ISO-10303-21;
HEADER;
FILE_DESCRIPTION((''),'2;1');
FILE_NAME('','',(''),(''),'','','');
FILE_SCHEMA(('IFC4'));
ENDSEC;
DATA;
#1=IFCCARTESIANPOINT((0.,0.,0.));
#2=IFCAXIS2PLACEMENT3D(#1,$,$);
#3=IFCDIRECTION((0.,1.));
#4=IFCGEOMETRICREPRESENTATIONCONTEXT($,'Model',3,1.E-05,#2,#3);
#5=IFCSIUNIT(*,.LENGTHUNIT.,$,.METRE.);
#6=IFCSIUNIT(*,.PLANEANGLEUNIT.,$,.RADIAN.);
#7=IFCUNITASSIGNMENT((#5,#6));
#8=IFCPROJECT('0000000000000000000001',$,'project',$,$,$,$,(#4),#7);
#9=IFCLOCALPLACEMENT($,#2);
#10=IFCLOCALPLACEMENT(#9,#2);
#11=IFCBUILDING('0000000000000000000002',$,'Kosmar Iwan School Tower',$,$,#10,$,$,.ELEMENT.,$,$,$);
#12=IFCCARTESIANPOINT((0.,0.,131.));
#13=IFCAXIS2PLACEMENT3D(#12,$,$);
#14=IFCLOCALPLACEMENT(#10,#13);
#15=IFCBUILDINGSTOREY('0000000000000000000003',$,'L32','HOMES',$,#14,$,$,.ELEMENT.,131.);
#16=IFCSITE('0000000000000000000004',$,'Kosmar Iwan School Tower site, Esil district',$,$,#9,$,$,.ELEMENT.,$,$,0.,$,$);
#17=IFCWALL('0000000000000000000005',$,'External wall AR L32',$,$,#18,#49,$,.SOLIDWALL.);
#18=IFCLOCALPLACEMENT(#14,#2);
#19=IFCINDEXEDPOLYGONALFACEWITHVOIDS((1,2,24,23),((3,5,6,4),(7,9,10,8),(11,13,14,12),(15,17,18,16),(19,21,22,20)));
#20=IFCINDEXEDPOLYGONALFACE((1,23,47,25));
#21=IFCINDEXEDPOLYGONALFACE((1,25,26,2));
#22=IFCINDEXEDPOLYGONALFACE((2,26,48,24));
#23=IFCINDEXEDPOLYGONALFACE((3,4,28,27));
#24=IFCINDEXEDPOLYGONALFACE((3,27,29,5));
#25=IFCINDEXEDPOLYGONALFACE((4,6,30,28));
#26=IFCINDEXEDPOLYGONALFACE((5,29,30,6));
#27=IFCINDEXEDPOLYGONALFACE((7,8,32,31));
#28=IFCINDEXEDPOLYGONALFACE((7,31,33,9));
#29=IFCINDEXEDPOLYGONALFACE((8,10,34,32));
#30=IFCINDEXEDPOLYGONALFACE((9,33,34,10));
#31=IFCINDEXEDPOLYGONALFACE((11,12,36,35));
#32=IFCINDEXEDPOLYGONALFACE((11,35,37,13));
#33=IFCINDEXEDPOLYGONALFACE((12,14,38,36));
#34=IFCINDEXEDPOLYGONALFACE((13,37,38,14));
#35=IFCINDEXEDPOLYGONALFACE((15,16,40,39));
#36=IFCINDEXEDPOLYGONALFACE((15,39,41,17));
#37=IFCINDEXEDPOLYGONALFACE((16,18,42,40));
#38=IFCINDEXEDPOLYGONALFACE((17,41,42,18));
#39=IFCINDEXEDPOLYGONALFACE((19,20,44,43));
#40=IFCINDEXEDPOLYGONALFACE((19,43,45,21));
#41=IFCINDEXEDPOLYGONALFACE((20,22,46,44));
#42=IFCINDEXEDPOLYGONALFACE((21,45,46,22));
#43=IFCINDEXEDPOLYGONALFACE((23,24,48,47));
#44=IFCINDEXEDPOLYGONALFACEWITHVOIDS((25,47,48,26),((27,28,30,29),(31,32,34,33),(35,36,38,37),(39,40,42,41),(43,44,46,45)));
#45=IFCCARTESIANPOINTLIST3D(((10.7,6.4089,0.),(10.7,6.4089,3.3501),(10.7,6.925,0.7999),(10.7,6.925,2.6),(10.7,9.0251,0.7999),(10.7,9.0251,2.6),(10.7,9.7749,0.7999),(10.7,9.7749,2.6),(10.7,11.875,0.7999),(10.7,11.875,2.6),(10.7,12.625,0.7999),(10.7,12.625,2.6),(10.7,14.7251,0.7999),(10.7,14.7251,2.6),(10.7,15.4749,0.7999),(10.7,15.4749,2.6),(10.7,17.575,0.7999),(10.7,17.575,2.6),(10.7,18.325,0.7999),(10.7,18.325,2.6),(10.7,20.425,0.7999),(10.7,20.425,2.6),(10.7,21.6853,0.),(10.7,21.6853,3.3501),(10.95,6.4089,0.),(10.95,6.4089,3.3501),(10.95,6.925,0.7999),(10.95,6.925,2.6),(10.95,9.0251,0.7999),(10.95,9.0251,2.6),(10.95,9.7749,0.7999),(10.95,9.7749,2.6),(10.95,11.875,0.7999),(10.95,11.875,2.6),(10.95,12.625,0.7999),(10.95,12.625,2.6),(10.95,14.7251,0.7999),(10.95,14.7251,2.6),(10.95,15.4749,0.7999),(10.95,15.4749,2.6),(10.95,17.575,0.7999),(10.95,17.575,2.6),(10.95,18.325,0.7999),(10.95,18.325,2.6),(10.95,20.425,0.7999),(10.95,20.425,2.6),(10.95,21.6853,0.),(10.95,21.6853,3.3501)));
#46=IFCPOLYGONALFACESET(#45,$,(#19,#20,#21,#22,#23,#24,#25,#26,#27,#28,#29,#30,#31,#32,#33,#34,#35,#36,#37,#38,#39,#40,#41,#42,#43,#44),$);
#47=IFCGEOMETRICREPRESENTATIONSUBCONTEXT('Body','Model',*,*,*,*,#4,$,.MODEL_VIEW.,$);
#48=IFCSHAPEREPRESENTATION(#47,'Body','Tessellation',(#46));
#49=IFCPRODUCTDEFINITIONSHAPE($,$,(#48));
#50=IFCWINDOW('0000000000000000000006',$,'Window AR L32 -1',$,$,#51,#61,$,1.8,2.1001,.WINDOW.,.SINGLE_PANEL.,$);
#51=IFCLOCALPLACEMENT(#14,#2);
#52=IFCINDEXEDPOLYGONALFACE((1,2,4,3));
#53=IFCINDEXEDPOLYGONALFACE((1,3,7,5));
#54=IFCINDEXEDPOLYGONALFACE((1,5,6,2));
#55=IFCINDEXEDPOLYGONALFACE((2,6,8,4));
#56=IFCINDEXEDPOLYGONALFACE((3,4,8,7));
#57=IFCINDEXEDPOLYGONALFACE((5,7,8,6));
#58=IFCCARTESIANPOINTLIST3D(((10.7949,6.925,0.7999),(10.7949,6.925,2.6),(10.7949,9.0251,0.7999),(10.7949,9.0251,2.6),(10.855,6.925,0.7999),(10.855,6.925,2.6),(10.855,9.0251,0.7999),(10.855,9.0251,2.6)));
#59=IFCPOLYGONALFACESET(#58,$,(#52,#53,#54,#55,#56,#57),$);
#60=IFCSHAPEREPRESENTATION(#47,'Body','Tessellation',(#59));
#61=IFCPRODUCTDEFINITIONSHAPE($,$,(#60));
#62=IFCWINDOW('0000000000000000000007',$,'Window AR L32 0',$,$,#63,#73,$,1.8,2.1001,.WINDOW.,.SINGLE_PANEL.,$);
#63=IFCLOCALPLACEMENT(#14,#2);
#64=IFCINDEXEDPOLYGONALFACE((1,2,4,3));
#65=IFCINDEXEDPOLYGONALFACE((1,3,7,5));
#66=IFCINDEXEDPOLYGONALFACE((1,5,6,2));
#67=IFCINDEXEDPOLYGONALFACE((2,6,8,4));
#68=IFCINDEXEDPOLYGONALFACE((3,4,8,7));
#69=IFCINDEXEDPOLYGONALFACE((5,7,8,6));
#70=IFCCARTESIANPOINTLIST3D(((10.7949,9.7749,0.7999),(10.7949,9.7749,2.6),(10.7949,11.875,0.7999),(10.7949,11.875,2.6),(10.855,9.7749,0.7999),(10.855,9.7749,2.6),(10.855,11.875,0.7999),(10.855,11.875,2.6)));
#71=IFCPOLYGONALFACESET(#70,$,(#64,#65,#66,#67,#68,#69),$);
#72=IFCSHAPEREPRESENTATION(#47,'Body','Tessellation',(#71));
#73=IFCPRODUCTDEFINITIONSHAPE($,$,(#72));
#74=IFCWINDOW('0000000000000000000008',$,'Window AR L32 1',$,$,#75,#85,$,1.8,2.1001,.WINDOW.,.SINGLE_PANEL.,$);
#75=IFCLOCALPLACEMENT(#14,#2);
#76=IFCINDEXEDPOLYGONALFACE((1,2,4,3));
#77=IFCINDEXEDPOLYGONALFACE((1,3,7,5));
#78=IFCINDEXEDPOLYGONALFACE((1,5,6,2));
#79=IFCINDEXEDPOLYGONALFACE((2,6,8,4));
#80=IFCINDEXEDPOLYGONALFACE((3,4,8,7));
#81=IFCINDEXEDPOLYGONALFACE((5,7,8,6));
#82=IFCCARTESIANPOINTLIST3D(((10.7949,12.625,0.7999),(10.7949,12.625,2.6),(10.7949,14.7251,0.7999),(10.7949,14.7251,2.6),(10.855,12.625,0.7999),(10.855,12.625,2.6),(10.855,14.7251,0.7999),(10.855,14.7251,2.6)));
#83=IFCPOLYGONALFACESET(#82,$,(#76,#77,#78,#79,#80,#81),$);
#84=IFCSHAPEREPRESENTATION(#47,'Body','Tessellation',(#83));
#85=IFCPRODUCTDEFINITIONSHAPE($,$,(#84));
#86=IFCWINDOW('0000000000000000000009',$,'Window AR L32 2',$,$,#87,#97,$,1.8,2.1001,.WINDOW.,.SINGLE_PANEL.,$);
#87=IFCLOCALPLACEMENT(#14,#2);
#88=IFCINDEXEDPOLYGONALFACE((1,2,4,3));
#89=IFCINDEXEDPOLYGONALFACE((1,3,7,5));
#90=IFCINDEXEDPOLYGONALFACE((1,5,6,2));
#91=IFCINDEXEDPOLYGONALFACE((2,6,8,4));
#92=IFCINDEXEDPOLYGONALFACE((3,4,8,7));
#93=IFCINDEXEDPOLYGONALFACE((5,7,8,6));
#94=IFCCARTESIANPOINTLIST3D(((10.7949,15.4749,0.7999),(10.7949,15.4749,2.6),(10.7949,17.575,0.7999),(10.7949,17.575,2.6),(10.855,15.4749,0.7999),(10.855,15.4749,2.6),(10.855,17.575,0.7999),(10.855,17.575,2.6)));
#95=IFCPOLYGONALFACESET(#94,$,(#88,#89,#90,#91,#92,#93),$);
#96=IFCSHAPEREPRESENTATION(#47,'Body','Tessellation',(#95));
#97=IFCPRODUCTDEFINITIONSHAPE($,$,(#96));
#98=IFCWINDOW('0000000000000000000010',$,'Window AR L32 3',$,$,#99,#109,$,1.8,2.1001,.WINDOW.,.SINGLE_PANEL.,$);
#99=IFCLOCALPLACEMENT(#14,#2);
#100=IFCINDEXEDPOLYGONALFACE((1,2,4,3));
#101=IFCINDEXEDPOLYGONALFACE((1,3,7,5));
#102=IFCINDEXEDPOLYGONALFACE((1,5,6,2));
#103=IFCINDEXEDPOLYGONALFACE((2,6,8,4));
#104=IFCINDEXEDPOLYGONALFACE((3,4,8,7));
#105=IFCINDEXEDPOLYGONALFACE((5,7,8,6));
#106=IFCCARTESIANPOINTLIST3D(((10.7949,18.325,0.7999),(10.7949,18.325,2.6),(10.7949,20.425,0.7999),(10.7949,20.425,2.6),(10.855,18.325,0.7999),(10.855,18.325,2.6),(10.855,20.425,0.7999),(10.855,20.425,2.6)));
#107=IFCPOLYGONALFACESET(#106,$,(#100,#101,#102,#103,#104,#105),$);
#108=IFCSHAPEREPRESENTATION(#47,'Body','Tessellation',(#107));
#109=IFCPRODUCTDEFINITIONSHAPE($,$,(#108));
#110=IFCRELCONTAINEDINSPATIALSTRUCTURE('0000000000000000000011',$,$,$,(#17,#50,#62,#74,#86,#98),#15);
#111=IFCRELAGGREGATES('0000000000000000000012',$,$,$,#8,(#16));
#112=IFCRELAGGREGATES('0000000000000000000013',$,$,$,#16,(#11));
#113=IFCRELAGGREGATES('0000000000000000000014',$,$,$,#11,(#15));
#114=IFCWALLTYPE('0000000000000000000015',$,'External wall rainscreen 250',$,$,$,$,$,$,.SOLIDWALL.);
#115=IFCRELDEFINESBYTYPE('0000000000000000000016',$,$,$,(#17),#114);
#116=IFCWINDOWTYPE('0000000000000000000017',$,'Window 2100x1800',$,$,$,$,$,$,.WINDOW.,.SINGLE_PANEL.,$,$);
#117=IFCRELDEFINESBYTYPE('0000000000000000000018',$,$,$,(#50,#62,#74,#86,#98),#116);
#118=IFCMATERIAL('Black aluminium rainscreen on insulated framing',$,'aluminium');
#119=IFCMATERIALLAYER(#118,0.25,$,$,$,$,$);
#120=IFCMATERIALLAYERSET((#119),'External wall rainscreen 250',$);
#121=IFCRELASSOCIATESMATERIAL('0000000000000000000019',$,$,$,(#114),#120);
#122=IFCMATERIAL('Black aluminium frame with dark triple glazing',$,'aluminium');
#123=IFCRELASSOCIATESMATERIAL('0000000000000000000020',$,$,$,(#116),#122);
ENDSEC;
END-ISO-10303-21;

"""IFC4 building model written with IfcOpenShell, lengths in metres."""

from ifc_helpers import new_model, si_unit, direction, frame, frame_2d, origin, place, context, subcontext, project, spatial, rectangle, extrude, material, layer, layer_set, type_object, element, fill, save


model = new_model("IFC4")

# Units and contexts
model_context = context("Model", 3, precision=1e-05, world=origin(), true_north=direction((0.0, 1.0)))
body_context = subcontext(model_context, "Body", "Model", "MODEL_VIEW")
ifc_project = project(units=[si_unit("LENGTHUNIT", "METRE"), si_unit("PLANEANGLEUNIT", "RADIAN")], contexts=[model_context])

# Site, building, storey
site_placement = place(None, origin())
site = spatial("IfcSite", under=ifc_project, at=site_placement, Name="Kosmar Iwan School Tower site, Esil district", CompositionType="ELEMENT", RefElevation=0.0)
building_placement = place(site_placement, origin())
building = spatial("IfcBuilding", under=site, at=building_placement, Name="Kosmar Iwan School Tower", CompositionType="ELEMENT")
storey_placement = place(building_placement, frame((0.0, 0.0, 131.0)))
storey = spatial("IfcBuildingStorey", under=building, at=storey_placement, Name="L32", Description="HOMES", CompositionType="ELEMENT", Elevation=131.0)

# Wall, openings, windows
ifc_material_1 = material(Name="Black aluminium rainscreen on insulated framing", Category="aluminium")
ifc_layer = layer(ifc_material_1, 0.25)
ifc_layer_set = layer_set([ifc_layer], Name="External wall rainscreen 250")
wall_type = type_object("IfcWallType", Name="External wall rainscreen 250", PredefinedType="SOLIDWALL", material=ifc_layer_set)
ifc_material_2 = material(Name="Black aluminium frame with dark triple glazing", Category="aluminium")
window_type = type_object("IfcWindowType", Name="Window 2100x1800", PartitioningType="SINGLE_PANEL", PredefinedType="WINDOW", material=ifc_material_2)
wall_1_placement = place(storey_placement, frame((10.825, 6.4089, 0.0), z_axis=(0.0, 0.0, 1.0), x_axis=(0.0, 1.0, 0.0)))
wall_1 = element("IfcWall", 1, at=wall_1_placement, inside=storey, type_object=wall_type, Name="External wall AR L32", PredefinedType="SOLIDWALL", context=body_context, shape_type="SweptSolid", body=[
    extrude(rectangle(XDim=15.2764, YDim=0.25, at=frame_2d((7.6382, 0.0))), origin(), (0.0, 0.0, 1.0), 3.3501),
])
opening_1_placement = place(wall_1_placement, frame((0.5161, 0.0, 0.8)))
opening_1 = element("IfcOpeningElement", 2, at=opening_1_placement, cuts=wall_1, PredefinedType="OPENING", context=body_context, shape_type="SweptSolid", body=[
    extrude(rectangle(XDim=2.1001, YDim=1.8, at=frame_2d((1.05, 0.8999))), frame((0.0, 0.137, 0.0), z_axis=(0.0, -1.0, 0.0), x_axis=(1.0, 0.0, 0.0)), (0.0, 0.0, 1.0), 0.2739),
])
opening_2_placement = place(wall_1_placement, frame((3.366, 0.0, 0.8)))
opening_2 = element("IfcOpeningElement", 3, at=opening_2_placement, cuts=wall_1, PredefinedType="OPENING", context=body_context, shape_type="SweptSolid", body=[
    extrude(rectangle(XDim=2.1001, YDim=1.8, at=frame_2d((1.05, 0.8999))), frame((0.0, 0.137, 0.0), z_axis=(0.0, -1.0, 0.0), x_axis=(1.0, 0.0, 0.0)), (0.0, 0.0, 1.0), 0.2739),
])
opening_3_placement = place(wall_1_placement, frame((6.2161, 0.0, 0.8)))
opening_3 = element("IfcOpeningElement", 4, at=opening_3_placement, cuts=wall_1, PredefinedType="OPENING", context=body_context, shape_type="SweptSolid", body=[
    extrude(rectangle(XDim=2.1001, YDim=1.8, at=frame_2d((1.05, 0.8999))), frame((0.0, 0.137, 0.0), z_axis=(0.0, -1.0, 0.0), x_axis=(1.0, 0.0, 0.0)), (0.0, 0.0, 1.0), 0.2739),
])
opening_4_placement = place(wall_1_placement, frame((9.0659, 0.0, 0.8)))
opening_4 = element("IfcOpeningElement", 5, at=opening_4_placement, cuts=wall_1, PredefinedType="OPENING", context=body_context, shape_type="SweptSolid", body=[
    extrude(rectangle(XDim=2.1001, YDim=1.8, at=frame_2d((1.05, 0.8999))), frame((0.0, 0.137, 0.0), z_axis=(0.0, -1.0, 0.0), x_axis=(1.0, 0.0, 0.0)), (0.0, 0.0, 1.0), 0.2739),
])
opening_5_placement = place(wall_1_placement, frame((11.916, 0.0, 0.8)))
opening_5 = element("IfcOpeningElement", 6, at=opening_5_placement, cuts=wall_1, PredefinedType="OPENING", context=body_context, shape_type="SweptSolid", body=[
    extrude(rectangle(XDim=2.1001, YDim=1.8, at=frame_2d((1.05, 0.8999))), frame((0.0, 0.137, 0.0), z_axis=(0.0, -1.0, 0.0), x_axis=(1.0, 0.0, 0.0)), (0.0, 0.0, 1.0), 0.2739),
])
window_1_placement = place(opening_1_placement, origin())
window_1 = element("IfcWindow", 7, at=window_1_placement, inside=storey, type_object=window_type, Name="Window AR L32 -1", OverallHeight=1.8, OverallWidth=2.1001, PartitioningType="SINGLE_PANEL", PredefinedType="WINDOW", context=body_context, shape_type="SweptSolid", body=[
    extrude(rectangle(XDim=2.1001, YDim=1.8, at=frame_2d((1.05, 0.8999))), frame((0.0, 0.03, 0.0), z_axis=(0.0, -1.0, 0.0), x_axis=(1.0, 0.0, 0.0)), (0.0, 0.0, 1.0), 0.0601),
])
fill(opening_1, window_1)
window_2_placement = place(opening_2_placement, origin())
window_2 = element("IfcWindow", 8, at=window_2_placement, inside=storey, type_object=window_type, Name="Window AR L32 0", OverallHeight=1.8, OverallWidth=2.1001, PartitioningType="SINGLE_PANEL", PredefinedType="WINDOW", context=body_context, shape_type="SweptSolid", body=[
    extrude(rectangle(XDim=2.1001, YDim=1.8, at=frame_2d((1.05, 0.8999))), frame((0.0, 0.03, 0.0), z_axis=(0.0, -1.0, 0.0), x_axis=(1.0, 0.0, 0.0)), (0.0, 0.0, 1.0), 0.0601),
])
fill(opening_2, window_2)
window_3_placement = place(opening_3_placement, origin())
window_3 = element("IfcWindow", 9, at=window_3_placement, inside=storey, type_object=window_type, Name="Window AR L32 1", OverallHeight=1.8, OverallWidth=2.1001, PartitioningType="SINGLE_PANEL", PredefinedType="WINDOW", context=body_context, shape_type="SweptSolid", body=[
    extrude(rectangle(XDim=2.1001, YDim=1.8, at=frame_2d((1.05, 0.8999))), frame((0.0, 0.03, 0.0), z_axis=(0.0, -1.0, 0.0), x_axis=(1.0, 0.0, 0.0)), (0.0, 0.0, 1.0), 0.0601),
])
fill(opening_3, window_3)
window_4_placement = place(opening_4_placement, origin())
window_4 = element("IfcWindow", 10, at=window_4_placement, inside=storey, type_object=window_type, Name="Window AR L32 2", OverallHeight=1.8, OverallWidth=2.1001, PartitioningType="SINGLE_PANEL", PredefinedType="WINDOW", context=body_context, shape_type="SweptSolid", body=[
    extrude(rectangle(XDim=2.1001, YDim=1.8, at=frame_2d((1.05, 0.8999))), frame((0.0, 0.03, 0.0), z_axis=(0.0, -1.0, 0.0), x_axis=(1.0, 0.0, 0.0)), (0.0, 0.0, 1.0), 0.0601),
])
fill(opening_4, window_4)
window_5_placement = place(opening_5_placement, origin())
window_5 = element("IfcWindow", 11, at=window_5_placement, inside=storey, type_object=window_type, Name="Window AR L32 3", OverallHeight=1.8, OverallWidth=2.1001, PartitioningType="SINGLE_PANEL", PredefinedType="WINDOW", context=body_context, shape_type="SweptSolid", body=[
    extrude(rectangle(XDim=2.1001, YDim=1.8, at=frame_2d((1.05, 0.8999))), frame((0.0, 0.03, 0.0), z_axis=(0.0, -1.0, 0.0), x_axis=(1.0, 0.0, 0.0)), (0.0, 0.0, 1.0), 0.0601),
])
fill(opening_5, window_5)

save(model, "model.ifc")
